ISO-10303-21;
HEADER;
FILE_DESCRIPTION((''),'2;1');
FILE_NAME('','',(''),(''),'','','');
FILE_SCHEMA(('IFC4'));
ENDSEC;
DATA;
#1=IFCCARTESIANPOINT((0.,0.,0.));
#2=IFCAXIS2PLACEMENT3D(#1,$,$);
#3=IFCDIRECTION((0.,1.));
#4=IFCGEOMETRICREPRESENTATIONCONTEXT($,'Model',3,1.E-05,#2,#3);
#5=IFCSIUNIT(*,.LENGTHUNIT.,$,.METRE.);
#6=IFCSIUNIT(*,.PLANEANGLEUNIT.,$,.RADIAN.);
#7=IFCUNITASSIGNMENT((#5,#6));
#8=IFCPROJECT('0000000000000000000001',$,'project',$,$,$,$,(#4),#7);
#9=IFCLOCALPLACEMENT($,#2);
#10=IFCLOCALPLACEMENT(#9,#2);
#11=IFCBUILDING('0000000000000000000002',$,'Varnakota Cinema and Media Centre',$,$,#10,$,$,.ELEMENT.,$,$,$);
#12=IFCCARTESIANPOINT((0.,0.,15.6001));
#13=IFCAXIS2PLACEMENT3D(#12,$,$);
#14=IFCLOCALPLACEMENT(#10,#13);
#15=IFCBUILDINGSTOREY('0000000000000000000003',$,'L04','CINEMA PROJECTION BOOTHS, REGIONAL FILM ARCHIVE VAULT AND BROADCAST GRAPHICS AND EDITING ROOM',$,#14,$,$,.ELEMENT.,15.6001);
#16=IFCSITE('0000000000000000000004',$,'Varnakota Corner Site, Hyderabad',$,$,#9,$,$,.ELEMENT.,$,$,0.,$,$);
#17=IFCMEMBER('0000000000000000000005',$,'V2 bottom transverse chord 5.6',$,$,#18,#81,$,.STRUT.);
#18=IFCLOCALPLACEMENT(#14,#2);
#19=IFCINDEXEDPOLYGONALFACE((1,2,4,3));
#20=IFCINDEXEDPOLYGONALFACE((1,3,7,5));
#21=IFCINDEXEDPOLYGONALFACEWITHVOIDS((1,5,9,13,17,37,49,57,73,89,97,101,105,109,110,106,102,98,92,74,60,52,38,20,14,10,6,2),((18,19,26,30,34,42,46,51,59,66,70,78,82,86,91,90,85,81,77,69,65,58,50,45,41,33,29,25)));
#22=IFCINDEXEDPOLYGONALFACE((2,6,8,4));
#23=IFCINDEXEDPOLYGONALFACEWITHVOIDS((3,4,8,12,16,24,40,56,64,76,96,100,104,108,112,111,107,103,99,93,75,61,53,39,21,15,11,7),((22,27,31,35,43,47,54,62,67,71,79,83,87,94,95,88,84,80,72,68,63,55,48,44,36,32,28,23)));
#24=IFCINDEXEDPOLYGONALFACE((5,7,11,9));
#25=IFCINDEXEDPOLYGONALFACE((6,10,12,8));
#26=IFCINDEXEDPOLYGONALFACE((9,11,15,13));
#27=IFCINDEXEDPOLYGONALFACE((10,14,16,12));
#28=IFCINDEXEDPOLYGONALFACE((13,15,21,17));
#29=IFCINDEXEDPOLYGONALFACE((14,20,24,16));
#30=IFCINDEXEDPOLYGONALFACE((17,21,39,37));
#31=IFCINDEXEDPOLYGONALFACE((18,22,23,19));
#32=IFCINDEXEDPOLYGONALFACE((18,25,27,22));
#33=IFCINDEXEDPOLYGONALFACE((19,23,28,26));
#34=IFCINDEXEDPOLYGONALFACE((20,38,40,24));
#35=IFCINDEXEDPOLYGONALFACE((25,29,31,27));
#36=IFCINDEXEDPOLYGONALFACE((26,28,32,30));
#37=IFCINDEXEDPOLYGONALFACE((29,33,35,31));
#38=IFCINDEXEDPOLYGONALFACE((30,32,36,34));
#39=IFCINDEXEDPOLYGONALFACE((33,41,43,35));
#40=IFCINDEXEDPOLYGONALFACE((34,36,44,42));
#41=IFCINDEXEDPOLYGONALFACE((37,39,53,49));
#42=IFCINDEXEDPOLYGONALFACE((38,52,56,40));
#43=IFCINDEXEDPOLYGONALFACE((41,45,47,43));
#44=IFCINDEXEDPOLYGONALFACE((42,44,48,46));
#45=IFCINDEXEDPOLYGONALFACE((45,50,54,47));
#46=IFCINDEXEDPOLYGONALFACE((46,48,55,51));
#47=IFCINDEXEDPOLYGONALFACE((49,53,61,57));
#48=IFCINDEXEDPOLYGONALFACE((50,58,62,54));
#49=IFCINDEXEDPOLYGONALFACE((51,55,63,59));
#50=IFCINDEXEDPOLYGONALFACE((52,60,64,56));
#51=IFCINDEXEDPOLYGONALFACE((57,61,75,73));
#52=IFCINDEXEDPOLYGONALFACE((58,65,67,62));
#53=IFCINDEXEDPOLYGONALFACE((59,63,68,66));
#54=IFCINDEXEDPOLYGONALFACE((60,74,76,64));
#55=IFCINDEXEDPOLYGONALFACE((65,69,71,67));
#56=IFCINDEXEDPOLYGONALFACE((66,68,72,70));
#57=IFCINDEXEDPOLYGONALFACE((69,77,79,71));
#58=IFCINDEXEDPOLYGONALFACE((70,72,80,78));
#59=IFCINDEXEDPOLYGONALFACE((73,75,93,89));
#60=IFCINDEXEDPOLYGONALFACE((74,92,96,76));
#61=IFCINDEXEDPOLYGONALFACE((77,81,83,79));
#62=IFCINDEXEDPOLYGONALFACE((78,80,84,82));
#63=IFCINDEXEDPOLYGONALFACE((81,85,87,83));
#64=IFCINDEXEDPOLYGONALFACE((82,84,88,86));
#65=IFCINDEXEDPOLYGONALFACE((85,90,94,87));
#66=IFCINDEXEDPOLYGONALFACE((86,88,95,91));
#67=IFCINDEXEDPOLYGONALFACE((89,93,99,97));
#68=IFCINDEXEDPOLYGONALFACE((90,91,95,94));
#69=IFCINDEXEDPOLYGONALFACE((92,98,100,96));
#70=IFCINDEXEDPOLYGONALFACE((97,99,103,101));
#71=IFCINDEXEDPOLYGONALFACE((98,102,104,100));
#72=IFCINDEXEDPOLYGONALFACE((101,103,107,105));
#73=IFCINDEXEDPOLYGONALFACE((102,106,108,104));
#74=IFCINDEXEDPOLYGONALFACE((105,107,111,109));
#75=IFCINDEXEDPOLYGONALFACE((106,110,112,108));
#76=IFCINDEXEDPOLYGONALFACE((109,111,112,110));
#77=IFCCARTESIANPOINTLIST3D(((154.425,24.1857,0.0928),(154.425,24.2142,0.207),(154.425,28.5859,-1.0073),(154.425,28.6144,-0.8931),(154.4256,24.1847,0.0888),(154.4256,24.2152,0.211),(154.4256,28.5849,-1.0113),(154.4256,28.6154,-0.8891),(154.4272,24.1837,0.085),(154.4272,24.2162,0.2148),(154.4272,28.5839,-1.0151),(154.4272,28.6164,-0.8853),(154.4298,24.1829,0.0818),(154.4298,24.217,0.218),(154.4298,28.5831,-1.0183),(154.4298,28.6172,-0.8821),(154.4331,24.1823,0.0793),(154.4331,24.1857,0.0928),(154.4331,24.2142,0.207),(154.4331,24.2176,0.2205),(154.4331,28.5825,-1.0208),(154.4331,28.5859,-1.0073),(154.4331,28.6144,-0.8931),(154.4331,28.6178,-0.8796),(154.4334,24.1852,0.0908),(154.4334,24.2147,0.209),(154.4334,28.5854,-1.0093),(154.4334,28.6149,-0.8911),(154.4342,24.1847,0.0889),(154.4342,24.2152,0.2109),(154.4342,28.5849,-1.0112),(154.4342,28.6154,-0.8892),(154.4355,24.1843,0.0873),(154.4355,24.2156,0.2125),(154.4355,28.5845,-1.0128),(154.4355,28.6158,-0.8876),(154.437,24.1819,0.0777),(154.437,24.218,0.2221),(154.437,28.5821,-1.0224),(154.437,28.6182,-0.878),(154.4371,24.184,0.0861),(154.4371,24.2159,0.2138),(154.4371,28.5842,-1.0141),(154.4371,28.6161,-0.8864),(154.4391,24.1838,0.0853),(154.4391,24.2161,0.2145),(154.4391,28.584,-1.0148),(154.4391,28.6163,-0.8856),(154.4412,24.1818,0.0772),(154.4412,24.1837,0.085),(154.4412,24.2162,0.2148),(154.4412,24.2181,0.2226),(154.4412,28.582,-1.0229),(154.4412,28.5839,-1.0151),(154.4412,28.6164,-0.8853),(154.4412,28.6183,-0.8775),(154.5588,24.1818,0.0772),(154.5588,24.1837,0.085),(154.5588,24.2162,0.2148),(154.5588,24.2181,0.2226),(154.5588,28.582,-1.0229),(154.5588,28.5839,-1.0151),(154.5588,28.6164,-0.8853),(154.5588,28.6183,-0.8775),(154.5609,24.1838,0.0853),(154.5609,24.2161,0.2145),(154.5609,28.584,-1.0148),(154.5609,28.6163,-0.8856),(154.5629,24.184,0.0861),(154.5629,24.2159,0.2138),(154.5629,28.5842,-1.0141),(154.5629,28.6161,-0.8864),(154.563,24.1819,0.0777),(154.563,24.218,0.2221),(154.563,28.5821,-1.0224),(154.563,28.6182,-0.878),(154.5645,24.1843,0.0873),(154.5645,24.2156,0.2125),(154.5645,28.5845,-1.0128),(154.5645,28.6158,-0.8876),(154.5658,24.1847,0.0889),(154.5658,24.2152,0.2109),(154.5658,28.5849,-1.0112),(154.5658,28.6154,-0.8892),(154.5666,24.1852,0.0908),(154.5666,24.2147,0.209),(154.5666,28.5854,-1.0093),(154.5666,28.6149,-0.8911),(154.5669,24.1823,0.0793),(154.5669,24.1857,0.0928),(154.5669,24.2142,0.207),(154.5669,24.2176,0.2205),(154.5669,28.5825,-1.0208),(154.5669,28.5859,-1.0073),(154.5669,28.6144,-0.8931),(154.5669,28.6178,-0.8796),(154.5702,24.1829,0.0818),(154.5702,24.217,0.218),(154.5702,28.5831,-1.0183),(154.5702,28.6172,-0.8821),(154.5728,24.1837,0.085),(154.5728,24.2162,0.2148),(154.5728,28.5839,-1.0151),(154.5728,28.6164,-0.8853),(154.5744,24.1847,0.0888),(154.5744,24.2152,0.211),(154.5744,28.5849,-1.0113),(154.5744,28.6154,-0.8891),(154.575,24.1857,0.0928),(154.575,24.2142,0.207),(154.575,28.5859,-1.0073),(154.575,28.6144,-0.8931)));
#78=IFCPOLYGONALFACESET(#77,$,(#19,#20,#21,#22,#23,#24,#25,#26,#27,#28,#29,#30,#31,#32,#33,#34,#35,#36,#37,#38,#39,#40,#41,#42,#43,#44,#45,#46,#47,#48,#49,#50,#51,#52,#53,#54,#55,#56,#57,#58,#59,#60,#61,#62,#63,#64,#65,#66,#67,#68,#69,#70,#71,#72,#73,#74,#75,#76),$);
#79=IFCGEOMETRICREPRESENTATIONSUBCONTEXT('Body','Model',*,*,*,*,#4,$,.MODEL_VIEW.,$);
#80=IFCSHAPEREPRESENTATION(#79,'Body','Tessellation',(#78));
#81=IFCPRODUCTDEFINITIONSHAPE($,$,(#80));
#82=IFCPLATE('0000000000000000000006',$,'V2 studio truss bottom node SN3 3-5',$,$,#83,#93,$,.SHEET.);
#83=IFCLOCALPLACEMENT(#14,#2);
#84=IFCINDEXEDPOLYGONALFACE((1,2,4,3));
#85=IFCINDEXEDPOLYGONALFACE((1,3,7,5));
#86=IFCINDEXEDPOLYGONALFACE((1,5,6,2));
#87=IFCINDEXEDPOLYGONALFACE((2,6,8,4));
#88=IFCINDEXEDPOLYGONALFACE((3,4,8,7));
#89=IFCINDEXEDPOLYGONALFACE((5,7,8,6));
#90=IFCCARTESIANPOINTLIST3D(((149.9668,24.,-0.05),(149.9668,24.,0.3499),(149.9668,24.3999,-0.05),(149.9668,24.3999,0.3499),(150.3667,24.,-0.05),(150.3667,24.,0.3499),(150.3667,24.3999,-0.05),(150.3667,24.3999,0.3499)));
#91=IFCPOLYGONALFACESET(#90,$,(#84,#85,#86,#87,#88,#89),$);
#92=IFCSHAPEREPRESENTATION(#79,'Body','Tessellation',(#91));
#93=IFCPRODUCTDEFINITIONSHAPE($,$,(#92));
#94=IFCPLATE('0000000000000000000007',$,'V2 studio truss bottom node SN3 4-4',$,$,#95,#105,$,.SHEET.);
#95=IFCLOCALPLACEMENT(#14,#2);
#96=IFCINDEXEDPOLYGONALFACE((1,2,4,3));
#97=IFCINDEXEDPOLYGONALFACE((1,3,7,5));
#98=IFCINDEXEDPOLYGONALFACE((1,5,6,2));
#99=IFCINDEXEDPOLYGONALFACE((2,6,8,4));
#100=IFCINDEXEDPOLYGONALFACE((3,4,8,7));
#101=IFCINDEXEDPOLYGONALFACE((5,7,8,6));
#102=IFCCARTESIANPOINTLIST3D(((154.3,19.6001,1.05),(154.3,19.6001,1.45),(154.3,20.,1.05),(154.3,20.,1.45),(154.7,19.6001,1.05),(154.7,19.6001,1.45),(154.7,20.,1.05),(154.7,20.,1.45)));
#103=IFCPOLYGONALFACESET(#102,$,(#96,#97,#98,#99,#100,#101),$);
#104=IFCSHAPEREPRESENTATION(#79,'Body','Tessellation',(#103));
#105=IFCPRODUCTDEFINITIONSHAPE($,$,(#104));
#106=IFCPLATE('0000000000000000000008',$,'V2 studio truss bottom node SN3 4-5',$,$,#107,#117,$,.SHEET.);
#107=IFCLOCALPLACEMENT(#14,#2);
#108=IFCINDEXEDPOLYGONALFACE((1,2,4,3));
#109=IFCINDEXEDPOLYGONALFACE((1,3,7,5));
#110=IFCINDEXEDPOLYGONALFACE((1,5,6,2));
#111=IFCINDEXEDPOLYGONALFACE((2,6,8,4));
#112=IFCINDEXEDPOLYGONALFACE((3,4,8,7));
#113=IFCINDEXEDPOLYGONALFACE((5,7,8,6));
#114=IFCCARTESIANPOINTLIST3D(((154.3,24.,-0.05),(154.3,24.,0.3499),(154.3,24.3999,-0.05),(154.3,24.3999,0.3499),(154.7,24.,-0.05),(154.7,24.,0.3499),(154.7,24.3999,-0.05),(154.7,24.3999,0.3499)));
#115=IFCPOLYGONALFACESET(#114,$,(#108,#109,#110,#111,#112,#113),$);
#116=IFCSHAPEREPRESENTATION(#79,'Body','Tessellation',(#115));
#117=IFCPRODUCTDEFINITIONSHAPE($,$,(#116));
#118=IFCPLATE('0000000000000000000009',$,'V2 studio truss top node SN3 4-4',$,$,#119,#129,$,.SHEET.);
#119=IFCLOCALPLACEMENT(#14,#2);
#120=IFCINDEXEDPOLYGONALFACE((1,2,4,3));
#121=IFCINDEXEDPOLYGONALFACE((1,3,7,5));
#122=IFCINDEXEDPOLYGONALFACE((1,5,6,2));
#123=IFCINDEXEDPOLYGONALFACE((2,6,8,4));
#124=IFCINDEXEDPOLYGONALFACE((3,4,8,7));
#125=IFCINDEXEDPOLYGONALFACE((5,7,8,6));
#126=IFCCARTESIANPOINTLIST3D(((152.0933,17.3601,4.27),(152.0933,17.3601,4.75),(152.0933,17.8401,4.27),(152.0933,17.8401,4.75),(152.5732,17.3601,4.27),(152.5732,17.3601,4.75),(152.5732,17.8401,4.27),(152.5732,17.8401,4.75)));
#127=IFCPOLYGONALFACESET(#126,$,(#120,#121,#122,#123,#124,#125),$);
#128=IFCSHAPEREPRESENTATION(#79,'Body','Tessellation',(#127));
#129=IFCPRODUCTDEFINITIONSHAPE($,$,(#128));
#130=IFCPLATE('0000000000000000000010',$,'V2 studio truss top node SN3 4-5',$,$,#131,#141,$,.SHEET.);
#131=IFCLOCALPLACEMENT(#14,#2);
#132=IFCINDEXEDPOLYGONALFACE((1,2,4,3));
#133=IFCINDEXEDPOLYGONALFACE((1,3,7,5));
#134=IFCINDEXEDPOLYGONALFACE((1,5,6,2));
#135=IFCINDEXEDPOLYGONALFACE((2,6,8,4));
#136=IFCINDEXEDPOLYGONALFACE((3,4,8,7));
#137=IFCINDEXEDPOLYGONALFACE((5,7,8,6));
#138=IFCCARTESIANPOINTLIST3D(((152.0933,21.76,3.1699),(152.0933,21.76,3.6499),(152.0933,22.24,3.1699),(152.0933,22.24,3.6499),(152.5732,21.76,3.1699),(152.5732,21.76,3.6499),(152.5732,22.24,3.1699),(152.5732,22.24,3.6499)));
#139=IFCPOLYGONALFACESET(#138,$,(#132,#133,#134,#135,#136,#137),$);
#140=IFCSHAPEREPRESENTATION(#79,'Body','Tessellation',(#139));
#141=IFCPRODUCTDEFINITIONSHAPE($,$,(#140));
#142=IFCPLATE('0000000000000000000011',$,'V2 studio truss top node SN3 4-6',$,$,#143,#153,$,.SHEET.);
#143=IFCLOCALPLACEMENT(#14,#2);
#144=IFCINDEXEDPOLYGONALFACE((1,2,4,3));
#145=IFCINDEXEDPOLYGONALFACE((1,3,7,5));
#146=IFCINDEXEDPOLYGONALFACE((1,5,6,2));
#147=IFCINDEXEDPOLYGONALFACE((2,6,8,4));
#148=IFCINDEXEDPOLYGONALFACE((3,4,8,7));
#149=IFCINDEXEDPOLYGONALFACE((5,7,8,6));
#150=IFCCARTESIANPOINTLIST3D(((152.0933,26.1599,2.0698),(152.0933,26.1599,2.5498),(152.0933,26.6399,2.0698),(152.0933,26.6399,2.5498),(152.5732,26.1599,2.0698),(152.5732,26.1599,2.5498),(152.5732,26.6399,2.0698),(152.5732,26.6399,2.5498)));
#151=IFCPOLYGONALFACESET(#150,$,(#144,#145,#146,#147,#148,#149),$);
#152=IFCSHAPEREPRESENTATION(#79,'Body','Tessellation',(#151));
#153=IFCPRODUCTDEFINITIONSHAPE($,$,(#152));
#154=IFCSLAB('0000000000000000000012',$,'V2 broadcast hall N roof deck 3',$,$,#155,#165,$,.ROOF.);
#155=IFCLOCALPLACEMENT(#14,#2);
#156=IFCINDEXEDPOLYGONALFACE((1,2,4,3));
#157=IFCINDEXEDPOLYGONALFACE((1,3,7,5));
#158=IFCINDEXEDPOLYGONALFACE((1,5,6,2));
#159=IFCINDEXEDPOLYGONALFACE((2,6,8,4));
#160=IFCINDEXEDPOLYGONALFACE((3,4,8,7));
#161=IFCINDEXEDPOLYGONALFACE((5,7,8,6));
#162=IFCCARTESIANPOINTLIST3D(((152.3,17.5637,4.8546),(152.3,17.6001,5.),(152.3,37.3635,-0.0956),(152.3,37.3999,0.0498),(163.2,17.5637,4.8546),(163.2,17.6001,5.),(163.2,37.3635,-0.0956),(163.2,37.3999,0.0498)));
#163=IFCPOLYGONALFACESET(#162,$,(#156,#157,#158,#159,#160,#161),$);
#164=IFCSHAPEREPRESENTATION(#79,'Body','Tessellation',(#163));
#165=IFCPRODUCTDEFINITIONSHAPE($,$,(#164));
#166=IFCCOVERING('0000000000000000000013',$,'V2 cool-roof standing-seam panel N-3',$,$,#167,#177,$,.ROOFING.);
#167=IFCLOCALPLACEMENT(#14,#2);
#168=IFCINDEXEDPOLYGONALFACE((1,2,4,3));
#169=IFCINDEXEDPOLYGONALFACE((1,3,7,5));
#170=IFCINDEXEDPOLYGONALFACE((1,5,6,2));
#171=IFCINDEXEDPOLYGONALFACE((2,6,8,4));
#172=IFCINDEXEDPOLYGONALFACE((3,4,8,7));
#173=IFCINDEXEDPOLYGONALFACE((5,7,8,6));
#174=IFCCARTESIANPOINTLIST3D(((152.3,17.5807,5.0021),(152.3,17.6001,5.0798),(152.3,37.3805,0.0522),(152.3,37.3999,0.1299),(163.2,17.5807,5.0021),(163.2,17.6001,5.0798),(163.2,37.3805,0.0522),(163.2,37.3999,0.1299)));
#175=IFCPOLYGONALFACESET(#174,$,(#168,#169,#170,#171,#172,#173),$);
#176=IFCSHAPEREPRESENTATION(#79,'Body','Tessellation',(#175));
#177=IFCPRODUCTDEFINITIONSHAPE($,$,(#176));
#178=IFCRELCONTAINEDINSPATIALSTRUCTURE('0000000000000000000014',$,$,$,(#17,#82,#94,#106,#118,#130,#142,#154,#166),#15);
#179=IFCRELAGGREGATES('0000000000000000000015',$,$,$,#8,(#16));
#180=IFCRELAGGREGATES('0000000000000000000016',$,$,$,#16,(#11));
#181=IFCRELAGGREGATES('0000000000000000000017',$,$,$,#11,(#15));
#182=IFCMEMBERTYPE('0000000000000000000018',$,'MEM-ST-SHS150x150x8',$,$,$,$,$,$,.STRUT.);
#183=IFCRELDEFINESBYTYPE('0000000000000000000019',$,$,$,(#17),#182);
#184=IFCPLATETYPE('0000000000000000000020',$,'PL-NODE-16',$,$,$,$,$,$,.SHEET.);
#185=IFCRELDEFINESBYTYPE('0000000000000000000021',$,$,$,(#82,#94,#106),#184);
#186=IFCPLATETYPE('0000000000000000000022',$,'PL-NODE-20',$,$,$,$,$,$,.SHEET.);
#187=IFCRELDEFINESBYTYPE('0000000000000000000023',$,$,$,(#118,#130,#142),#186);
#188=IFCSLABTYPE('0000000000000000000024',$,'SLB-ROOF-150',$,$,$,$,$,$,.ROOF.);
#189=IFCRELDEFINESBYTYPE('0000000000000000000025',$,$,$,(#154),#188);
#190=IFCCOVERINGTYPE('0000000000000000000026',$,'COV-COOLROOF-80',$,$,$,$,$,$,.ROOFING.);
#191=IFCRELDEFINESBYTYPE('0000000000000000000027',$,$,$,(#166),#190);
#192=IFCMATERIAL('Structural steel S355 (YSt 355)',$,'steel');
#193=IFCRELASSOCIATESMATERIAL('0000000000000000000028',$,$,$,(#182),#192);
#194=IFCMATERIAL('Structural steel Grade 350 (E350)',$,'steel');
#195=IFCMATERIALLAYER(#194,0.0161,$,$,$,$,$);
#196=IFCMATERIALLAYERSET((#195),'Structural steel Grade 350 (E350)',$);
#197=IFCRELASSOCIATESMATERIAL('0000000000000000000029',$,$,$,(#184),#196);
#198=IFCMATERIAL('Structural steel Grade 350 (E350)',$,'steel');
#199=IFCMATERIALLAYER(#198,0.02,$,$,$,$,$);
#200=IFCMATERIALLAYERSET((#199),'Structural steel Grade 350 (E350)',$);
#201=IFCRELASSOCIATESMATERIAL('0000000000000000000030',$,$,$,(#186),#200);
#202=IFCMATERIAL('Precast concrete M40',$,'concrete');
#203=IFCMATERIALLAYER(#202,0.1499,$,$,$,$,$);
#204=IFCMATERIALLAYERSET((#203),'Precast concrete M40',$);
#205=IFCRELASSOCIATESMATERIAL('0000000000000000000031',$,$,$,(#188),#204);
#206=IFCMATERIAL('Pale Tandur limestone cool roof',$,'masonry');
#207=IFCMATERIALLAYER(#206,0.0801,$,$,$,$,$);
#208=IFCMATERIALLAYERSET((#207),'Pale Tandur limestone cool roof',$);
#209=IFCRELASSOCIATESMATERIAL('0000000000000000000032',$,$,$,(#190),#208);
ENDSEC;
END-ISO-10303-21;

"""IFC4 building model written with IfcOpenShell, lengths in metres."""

from ifc_helpers import new_model, si_unit, direction, frame, origin, origin_2d, place, context, subcontext, project, spatial, polyline, rectangle, hollow_rectangle, outline, extrude, material, layer, layer_set, material_profile, profile_set, type_object, element, save


model = new_model("IFC4")

# Units and contexts
model_context = context("Model", 3, precision=1e-05, world=origin(), true_north=direction((0.0, 1.0)))
body_context = subcontext(model_context, "Body", "Model", "MODEL_VIEW")
ifc_project = project(units=[si_unit("LENGTHUNIT", "METRE"), si_unit("PLANEANGLEUNIT", "RADIAN")], contexts=[model_context])

# Site, building, storey
site_placement = place(None, origin())
site = spatial("IfcSite", under=ifc_project, at=site_placement, Name="Varnakota Corner Site, Hyderabad", CompositionType="ELEMENT", RefElevation=0.0)
building_placement = place(site_placement, origin())
building = spatial("IfcBuilding", under=site, at=building_placement, Name="Varnakota Cinema and Media Centre", CompositionType="ELEMENT")
storey_placement = place(building_placement, frame((0.0, 0.0, 15.6001)))
storey = spatial("IfcBuildingStorey", under=building, at=storey_placement, Name="L04", Description="CINEMA PROJECTION BOOTHS, REGIONAL FILM ARCHIVE VAULT AND BROADCAST GRAPHICS AND EDITING ROOM", CompositionType="ELEMENT", Elevation=15.6001)

# Member
ifc_material_1 = material(Name="Structural steel S355 (YSt 355)", Category="steel")
ifc_material_profile_1 = material_profile(ifc_material_1, hollow_rectangle(XDim=0.1499, YDim=0.1499, WallThickness=0.0081, InnerFilletRadius=0.0081, OuterFilletRadius=0.0161, at=origin_2d()), Name="SHS 150x150x8")
ifc_profile_set_1 = profile_set([ifc_material_profile_1], Name="Structural steel S355 (YSt 355)")
member_type_1 = type_object("IfcMemberType", Name="MEM-ST-SHS150x150x8", PredefinedType="STRUT", material=ifc_profile_set_1)
member_1_placement = place(storey_placement, frame((154.5, 24.2, 0.1499), z_axis=(0.0, 0.970139, -0.242548), x_axis=(-1.0, 0.0, 0.0)))
element("IfcMember", 1, at=member_1_placement, inside=storey, type_object=member_type_1, Name="V2 bottom transverse chord 5.6", PredefinedType="STRUT", context=body_context, shape_type="SweptSolid", body=[
    extrude(hollow_rectangle(XDim=0.1499, YDim=0.1499, WallThickness=0.0081, InnerFilletRadius=0.0081, OuterFilletRadius=0.0161, at=origin_2d()), origin(), (0.0, 0.0, 1.0), 4.5356),
])

# Plates
ifc_material_2 = material(Name="Structural steel Grade 350 (E350)", Category="steel")
ifc_layer_1 = layer(ifc_material_2, 0.0161)
ifc_layer_set_1 = layer_set([ifc_layer_1], Name="Structural steel Grade 350 (E350)")
plate_type_1 = type_object("IfcPlateType", Name="PL-NODE-16", PredefinedType="SHEET", material=ifc_layer_set_1)
for number, where, z_axis, x_axis, name in (
    (2, (150.1667, 24.2, -0.05), (0.0, 0.0, 1.0), (1.0, 0.0, 0.0), "V2 studio truss bottom node SN3 3-5"),
    (3, (154.5, 19.8, 1.05), (0.0, 0.0, 1.0), (1.0, 0.0, 0.0), "V2 studio truss bottom node SN3 4-4"),
    (4, (154.5, 24.2, -0.05), (0.0, 0.0, 1.0), (1.0, 0.0, 0.0), "V2 studio truss bottom node SN3 4-5"),
):
    element("IfcPlate", number, at=place(storey_placement, frame(where, z_axis=z_axis, x_axis=x_axis)), inside=storey, type_object=plate_type_1, Name=name, PredefinedType="SHEET", context=body_context, shape_type="SweptSolid", body=[
        extrude(rectangle(XDim=0.3999, YDim=0.3999, at=origin_2d()), origin(), (0.0, 0.0, 1.0), 0.3999),
    ])
ifc_material_3 = material(Name="Structural steel Grade 350 (E350)", Category="steel")
ifc_layer_2 = layer(ifc_material_3, 0.02)
ifc_layer_set_2 = layer_set([ifc_layer_2], Name="Structural steel Grade 350 (E350)")
plate_type_2 = type_object("IfcPlateType", Name="PL-NODE-20", PredefinedType="SHEET", material=ifc_layer_set_2)
for number, where, z_axis, x_axis, name in (
    (5, (152.3333, 17.6001, 4.27), (0.0, 0.0, 1.0), (1.0, 0.0, 0.0), "V2 studio truss top node SN3 4-4"),
    (6, (152.3333, 22.0, 3.1699), (0.0, 0.0, 1.0), (1.0, 0.0, 0.0), "V2 studio truss top node SN3 4-5"),
    (7, (152.3333, 26.3999, 2.0698), (0.0, 0.0, 1.0), (1.0, 0.0, 0.0), "V2 studio truss top node SN3 4-6"),
):
    element("IfcPlate", number, at=place(storey_placement, frame(where, z_axis=z_axis, x_axis=x_axis)), inside=storey, type_object=plate_type_2, Name=name, PredefinedType="SHEET", context=body_context, shape_type="SweptSolid", body=[
        extrude(rectangle(XDim=0.48, YDim=0.48, at=origin_2d()), origin(), (0.0, 0.0, 1.0), 0.48),
    ])

# Slab
ifc_material_4 = material(Name="Precast concrete M40", Category="concrete")
ifc_layer_3 = layer(ifc_material_4, 0.1499)
ifc_layer_set_3 = layer_set([ifc_layer_3], Name="Precast concrete M40")
slab_type = type_object("IfcSlabType", Name="SLB-ROOF-150", PredefinedType="ROOF", material=ifc_layer_set_3)
slab_placement = place(storey_placement, frame((152.3, 17.6001, 5.0), z_axis=(0.0, 0.242547, 0.97014), x_axis=(1.0, 0.0, 0.0)))
element("IfcSlab", 8, at=slab_placement, inside=storey, type_object=slab_type, Name="V2 broadcast hall N roof deck 3", PredefinedType="ROOF", context=body_context, shape_type="SweptSolid", body=[
    extrude(outline(polyline([(0.0, 0.0), (10.8999, 0.0), (10.8999, 20.4092), (0.0, 20.4092), (0.0, 0.0)])), origin(), (0.0, 0.0, -1.0), 0.1499),
])

# Covering
ifc_material_5 = material(Name="Pale Tandur limestone cool roof", Category="masonry")
ifc_layer_4 = layer(ifc_material_5, 0.0801)
ifc_layer_set_4 = layer_set([ifc_layer_4], Name="Pale Tandur limestone cool roof")
covering_type = type_object("IfcCoveringType", Name="COV-COOLROOF-80", PredefinedType="ROOFING", material=ifc_layer_set_4)
covering_placement = place(storey_placement, frame((152.3, 17.6001, 5.0798), z_axis=(0.0, 0.242536, 0.970143), x_axis=(1.0, 0.0, 0.0)))
element("IfcCovering", 9, at=covering_placement, inside=storey, type_object=covering_type, Name="V2 cool-roof standing-seam panel N-3", PredefinedType="ROOFING", context=body_context, shape_type="SweptSolid", body=[
    extrude(outline(polyline([(0.0, 0.0), (10.8999, 0.0), (10.8999, 20.4092), (0.0, 20.4092), (0.0, 0.0)])), origin(), (0.0, 0.0, -1.0), 0.0801),
])

save(model, "model.ifc")
